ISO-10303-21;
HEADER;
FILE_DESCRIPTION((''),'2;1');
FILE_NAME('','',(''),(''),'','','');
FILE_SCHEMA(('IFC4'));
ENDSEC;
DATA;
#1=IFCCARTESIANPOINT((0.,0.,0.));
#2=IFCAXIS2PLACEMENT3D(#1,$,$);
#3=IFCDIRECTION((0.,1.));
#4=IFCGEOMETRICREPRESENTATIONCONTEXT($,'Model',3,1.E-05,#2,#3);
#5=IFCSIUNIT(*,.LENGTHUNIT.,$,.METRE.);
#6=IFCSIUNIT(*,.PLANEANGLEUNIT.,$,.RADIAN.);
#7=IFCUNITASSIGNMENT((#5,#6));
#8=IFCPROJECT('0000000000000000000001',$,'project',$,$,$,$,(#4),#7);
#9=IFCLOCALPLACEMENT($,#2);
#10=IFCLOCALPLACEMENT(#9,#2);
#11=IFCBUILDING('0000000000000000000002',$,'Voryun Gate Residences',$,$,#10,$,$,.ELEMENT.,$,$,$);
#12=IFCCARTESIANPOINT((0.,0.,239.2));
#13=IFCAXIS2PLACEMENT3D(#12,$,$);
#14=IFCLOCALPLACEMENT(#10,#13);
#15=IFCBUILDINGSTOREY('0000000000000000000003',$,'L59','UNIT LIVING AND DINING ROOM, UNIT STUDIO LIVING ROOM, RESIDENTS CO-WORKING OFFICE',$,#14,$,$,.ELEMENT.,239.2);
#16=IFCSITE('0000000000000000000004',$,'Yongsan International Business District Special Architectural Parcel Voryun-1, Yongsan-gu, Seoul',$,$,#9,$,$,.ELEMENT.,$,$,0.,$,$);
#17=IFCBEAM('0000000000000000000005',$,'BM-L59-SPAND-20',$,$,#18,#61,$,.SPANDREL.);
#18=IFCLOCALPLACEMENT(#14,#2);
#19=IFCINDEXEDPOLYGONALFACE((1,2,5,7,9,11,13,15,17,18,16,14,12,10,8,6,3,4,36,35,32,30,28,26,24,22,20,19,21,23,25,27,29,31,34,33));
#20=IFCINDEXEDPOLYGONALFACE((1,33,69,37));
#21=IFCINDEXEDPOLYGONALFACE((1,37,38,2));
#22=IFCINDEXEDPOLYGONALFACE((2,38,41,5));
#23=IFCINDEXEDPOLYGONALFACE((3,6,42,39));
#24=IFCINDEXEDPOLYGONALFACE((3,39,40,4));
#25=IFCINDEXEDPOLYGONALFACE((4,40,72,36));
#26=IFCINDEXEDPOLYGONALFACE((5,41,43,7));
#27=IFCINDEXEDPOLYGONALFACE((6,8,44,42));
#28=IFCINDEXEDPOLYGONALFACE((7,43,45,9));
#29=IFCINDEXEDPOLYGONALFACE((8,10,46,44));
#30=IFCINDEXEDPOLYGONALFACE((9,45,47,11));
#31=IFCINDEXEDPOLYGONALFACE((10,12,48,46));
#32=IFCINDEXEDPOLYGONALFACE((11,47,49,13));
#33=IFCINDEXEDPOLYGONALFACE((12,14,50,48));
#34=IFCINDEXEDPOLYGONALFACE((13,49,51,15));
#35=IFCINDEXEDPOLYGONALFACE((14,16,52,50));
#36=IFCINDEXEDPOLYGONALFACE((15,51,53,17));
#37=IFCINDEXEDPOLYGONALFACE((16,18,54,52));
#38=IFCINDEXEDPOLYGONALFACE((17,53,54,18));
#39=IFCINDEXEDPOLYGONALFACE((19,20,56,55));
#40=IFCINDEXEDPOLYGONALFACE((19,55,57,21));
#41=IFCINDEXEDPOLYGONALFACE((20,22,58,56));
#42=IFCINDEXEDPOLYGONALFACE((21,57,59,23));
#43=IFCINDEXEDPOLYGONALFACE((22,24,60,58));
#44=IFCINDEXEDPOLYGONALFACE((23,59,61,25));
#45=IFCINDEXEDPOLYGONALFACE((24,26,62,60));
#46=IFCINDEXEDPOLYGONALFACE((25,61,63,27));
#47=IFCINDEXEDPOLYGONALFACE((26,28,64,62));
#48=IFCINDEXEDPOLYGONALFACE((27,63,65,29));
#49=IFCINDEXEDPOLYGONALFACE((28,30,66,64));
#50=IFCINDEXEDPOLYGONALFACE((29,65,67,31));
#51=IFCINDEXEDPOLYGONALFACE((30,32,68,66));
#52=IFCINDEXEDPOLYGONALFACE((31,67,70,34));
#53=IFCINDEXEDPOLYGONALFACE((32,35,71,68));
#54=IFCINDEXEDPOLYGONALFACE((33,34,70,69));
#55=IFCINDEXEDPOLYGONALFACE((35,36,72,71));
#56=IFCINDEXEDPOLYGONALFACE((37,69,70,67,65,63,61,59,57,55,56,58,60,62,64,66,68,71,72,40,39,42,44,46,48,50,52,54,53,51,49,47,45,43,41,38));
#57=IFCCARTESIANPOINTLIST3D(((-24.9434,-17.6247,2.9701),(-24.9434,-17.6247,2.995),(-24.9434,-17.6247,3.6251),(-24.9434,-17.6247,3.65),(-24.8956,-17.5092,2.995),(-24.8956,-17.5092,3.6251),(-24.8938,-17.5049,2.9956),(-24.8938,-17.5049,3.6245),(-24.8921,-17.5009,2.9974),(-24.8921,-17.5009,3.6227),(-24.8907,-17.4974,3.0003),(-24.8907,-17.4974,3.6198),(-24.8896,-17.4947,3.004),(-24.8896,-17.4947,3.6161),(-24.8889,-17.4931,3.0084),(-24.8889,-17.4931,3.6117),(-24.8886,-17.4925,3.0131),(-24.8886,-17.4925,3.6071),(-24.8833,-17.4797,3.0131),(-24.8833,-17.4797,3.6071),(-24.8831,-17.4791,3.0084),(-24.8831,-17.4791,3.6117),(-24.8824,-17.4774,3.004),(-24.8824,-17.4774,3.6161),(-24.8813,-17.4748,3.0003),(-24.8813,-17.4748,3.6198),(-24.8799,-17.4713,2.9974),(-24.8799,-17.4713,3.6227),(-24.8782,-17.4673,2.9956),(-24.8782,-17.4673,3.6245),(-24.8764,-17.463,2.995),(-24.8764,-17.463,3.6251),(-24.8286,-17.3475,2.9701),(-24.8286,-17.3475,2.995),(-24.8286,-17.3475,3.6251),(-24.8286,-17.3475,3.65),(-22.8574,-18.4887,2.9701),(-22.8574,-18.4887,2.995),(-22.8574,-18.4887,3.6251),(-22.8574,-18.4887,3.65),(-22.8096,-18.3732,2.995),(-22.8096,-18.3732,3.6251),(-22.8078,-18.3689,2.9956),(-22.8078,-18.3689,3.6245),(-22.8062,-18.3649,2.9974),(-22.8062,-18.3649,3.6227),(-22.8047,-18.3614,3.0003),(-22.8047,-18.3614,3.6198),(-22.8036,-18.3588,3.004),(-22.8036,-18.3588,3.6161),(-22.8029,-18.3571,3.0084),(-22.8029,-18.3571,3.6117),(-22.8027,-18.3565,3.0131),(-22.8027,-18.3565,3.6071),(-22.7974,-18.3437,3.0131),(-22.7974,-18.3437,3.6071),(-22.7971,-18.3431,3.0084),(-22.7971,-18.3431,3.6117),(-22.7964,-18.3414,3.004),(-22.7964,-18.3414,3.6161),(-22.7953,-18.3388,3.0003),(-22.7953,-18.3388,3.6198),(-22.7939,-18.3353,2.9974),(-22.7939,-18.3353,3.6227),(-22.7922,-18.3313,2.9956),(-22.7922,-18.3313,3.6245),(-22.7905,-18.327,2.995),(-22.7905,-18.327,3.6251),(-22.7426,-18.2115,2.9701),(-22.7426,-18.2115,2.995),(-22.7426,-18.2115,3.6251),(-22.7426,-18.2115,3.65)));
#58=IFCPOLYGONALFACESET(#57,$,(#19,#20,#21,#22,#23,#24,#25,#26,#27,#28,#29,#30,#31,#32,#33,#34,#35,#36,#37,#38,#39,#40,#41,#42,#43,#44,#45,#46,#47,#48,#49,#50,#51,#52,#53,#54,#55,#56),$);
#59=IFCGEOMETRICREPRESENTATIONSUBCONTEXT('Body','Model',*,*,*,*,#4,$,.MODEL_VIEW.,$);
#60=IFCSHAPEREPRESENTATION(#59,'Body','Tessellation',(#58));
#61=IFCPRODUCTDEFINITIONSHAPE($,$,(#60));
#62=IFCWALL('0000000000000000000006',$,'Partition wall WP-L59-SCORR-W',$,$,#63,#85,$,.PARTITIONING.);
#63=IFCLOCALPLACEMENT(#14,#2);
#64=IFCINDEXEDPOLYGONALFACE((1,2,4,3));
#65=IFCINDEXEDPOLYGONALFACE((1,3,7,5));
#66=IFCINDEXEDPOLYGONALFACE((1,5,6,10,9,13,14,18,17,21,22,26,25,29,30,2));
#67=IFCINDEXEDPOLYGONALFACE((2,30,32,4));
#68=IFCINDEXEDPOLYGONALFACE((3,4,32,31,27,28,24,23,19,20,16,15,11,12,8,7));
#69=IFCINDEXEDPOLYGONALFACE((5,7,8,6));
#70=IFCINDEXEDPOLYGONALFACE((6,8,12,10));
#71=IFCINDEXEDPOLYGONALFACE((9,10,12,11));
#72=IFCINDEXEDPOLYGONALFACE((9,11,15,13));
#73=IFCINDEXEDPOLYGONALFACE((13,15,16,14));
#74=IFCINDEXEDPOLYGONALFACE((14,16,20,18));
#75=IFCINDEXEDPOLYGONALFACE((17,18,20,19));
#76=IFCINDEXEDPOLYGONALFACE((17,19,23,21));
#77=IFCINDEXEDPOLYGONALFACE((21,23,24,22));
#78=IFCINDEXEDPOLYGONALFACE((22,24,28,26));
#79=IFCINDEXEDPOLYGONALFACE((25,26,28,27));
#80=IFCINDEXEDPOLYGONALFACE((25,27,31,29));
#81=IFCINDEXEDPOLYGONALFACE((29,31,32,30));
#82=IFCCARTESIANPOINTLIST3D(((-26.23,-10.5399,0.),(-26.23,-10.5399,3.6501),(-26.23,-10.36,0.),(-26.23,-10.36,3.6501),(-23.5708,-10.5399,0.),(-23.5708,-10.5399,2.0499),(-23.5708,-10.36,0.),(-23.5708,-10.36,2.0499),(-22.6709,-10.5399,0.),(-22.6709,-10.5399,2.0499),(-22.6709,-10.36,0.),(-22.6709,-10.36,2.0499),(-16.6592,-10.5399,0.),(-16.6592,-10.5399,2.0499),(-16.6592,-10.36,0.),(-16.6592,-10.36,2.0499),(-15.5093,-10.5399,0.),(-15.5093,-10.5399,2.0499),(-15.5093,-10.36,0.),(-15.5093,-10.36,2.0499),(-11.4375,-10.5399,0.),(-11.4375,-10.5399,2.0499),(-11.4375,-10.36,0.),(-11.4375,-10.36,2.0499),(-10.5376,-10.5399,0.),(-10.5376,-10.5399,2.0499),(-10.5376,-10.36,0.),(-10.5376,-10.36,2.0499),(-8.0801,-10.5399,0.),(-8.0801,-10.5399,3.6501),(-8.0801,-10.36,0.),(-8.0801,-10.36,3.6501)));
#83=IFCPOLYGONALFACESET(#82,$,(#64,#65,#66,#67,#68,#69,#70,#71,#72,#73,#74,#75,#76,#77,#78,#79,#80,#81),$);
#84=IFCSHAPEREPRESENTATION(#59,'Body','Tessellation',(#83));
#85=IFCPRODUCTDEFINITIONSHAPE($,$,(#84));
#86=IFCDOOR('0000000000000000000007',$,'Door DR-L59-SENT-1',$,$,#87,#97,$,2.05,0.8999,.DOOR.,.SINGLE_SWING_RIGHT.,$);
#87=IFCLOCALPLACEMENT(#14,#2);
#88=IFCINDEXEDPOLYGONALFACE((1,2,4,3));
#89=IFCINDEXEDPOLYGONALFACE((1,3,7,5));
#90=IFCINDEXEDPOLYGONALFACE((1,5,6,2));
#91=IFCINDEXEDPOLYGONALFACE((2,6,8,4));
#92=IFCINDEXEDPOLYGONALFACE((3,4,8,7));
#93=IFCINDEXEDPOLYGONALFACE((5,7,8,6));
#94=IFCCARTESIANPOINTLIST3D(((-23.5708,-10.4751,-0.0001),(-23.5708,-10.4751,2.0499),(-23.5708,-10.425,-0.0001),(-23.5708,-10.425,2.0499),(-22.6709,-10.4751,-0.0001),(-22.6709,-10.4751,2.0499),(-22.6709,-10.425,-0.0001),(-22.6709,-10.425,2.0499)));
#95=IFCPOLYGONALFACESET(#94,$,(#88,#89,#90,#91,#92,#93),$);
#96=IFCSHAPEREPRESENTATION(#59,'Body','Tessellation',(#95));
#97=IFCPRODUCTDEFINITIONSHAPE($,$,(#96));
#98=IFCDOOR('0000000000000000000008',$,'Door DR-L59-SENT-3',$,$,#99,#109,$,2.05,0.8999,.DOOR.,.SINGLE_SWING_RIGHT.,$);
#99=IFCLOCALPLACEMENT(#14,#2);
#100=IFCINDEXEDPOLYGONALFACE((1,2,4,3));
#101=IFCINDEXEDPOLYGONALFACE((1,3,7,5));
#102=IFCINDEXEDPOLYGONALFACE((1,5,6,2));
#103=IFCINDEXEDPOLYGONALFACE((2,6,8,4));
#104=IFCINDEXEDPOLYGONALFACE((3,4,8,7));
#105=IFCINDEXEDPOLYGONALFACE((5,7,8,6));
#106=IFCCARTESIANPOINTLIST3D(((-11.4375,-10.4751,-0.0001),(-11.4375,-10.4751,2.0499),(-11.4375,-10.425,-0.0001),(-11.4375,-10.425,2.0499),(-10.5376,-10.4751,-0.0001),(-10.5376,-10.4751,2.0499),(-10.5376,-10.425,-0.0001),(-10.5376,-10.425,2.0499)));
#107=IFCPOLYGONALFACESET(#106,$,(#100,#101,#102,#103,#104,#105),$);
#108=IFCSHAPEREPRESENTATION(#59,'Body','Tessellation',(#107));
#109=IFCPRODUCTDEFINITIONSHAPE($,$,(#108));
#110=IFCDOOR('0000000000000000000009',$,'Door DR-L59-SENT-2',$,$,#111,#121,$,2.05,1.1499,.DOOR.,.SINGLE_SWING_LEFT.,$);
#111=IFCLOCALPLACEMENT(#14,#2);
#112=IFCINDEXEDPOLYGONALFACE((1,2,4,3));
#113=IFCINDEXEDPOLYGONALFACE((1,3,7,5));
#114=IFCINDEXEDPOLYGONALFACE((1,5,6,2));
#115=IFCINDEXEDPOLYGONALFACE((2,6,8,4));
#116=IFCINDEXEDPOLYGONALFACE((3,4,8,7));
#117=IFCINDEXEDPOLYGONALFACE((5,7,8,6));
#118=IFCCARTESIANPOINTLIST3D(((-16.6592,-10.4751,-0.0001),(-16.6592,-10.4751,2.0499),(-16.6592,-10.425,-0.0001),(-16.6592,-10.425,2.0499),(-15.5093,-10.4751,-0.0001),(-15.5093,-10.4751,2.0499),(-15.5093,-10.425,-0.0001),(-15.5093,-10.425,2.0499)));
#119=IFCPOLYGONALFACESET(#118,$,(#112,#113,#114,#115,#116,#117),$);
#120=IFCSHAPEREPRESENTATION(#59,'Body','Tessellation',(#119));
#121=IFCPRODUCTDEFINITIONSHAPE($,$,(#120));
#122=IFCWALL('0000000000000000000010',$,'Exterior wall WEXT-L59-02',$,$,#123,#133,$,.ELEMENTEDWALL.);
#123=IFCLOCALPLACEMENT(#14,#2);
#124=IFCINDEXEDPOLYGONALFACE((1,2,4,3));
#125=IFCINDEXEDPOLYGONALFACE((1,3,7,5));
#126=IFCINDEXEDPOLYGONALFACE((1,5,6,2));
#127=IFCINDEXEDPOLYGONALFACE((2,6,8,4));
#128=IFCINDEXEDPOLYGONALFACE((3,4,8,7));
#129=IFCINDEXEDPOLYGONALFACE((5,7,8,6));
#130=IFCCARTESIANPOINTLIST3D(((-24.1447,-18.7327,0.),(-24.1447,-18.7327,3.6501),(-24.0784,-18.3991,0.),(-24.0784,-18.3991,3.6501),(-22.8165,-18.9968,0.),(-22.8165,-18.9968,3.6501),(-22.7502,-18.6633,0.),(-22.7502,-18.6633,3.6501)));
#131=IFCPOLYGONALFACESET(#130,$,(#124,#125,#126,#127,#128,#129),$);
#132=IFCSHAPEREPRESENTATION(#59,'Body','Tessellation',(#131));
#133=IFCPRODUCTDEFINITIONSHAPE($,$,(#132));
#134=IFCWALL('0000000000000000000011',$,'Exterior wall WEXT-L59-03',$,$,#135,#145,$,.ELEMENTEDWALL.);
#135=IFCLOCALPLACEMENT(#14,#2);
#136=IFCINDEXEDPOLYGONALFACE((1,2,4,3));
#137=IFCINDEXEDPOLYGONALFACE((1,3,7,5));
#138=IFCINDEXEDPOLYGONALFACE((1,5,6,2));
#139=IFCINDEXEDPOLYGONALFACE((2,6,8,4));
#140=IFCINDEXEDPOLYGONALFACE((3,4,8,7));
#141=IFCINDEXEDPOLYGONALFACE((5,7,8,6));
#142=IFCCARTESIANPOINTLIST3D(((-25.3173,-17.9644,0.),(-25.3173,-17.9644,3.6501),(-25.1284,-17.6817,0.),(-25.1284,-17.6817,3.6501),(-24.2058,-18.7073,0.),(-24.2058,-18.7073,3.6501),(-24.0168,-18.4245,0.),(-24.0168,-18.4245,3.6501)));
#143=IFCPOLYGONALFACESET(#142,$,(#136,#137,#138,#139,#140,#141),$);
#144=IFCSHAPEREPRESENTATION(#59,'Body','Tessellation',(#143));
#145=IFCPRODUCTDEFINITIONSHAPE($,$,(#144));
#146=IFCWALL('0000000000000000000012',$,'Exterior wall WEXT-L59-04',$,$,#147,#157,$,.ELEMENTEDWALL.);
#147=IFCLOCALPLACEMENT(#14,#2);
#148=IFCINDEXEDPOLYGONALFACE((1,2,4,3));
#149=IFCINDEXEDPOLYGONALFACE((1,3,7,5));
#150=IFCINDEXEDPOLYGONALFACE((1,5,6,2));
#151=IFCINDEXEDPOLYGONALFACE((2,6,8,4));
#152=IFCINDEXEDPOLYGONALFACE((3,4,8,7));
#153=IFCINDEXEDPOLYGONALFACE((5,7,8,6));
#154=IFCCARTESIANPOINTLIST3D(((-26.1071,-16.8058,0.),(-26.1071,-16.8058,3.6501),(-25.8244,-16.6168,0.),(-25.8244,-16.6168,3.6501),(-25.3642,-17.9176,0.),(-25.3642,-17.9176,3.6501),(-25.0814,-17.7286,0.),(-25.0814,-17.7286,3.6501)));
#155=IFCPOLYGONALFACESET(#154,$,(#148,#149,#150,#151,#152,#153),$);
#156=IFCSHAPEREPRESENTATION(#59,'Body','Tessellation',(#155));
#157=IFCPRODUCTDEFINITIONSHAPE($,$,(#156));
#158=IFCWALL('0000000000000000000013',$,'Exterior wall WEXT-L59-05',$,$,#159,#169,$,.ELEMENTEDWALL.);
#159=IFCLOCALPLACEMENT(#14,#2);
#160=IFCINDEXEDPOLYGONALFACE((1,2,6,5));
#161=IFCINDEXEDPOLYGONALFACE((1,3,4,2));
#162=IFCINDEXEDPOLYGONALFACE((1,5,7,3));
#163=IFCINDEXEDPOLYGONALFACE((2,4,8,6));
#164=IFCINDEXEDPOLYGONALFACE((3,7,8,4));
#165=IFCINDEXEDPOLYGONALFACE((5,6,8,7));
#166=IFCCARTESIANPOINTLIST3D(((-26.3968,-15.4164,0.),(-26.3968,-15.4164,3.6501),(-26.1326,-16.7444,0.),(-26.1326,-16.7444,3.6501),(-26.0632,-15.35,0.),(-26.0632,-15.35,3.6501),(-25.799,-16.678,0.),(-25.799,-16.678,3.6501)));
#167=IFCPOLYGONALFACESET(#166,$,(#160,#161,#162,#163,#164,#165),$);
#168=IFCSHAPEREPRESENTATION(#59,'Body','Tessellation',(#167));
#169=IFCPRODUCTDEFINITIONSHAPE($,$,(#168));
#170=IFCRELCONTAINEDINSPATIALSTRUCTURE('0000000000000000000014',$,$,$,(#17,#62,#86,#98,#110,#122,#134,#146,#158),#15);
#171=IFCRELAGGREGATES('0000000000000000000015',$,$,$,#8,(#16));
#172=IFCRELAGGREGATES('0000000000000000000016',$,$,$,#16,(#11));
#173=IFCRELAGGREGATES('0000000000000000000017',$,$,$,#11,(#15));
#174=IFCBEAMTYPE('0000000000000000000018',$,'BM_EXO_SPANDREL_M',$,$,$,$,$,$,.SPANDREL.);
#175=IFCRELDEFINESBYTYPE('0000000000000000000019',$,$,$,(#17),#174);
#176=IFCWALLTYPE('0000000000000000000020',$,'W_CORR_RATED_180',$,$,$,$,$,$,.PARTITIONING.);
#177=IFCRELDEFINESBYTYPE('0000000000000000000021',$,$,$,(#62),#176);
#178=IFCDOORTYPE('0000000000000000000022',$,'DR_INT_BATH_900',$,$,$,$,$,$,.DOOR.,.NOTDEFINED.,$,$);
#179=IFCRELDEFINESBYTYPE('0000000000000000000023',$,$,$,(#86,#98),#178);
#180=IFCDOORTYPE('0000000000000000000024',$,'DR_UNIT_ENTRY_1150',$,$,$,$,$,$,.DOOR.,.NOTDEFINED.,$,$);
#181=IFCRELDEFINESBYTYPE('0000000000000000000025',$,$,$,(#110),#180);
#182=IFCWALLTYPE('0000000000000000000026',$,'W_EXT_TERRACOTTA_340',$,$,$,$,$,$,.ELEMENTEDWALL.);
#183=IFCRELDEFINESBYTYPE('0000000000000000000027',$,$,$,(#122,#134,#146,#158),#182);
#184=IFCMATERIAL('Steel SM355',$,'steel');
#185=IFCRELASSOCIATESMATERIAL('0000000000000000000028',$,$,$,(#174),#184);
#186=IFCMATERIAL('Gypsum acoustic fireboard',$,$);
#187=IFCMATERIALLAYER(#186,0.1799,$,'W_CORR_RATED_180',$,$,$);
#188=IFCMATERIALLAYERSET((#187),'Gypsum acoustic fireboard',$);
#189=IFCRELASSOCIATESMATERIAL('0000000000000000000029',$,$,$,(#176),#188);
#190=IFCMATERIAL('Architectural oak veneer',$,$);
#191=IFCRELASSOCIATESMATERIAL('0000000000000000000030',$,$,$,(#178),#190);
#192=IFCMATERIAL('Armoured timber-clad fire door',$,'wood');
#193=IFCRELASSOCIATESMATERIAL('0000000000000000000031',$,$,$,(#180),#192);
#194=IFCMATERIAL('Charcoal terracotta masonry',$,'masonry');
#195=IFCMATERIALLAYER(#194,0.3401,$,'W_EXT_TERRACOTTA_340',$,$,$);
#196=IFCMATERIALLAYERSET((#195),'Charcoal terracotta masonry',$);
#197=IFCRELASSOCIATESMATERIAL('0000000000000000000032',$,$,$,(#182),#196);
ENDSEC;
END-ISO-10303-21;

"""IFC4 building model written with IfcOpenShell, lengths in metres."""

from ifc_helpers import new_model, si_unit, direction, frame, frame_2d, origin, origin_2d, place, context, subcontext, project, spatial, rectangle, i_section, extrude, material, layer, layer_set, material_profile, profile_set, type_object, element, fill, save


model = new_model("IFC4")

# Units and contexts
model_context = context("Model", 3, precision=1e-05, world=origin(), true_north=direction((0.0, 1.0)))
body_context = subcontext(model_context, "Body", "Model", "MODEL_VIEW")
ifc_project = project(units=[si_unit("LENGTHUNIT", "METRE"), si_unit("PLANEANGLEUNIT", "RADIAN")], contexts=[model_context])

# Site, building, storey
site_placement = place(None, origin())
site = spatial("IfcSite", under=ifc_project, at=site_placement, Name="Yongsan International Business District Special Architectural Parcel Voryun-1, Yongsan-gu, Seoul", CompositionType="ELEMENT", RefElevation=0.0)
building_placement = place(site_placement, origin())
building = spatial("IfcBuilding", under=site, at=building_placement, Name="Voryun Gate Residences", CompositionType="ELEMENT")
storey_placement = place(building_placement, frame((0.0, 0.0, 239.2)))
storey = spatial("IfcBuildingStorey", under=building, at=storey_placement, Name="L59", Description="UNIT LIVING AND DINING ROOM, UNIT STUDIO LIVING ROOM, RESIDENTS CO-WORKING OFFICE", CompositionType="ELEMENT", Elevation=239.2)

# Beam
ifc_material_1 = material(Name="Steel SM355", Category="steel")
ifc_material_profile_1 = material_profile(ifc_material_1, i_section(OverallWidth=0.3, OverallDepth=0.6799, WebThickness=0.0139, FlangeThickness=0.0249, FilletRadius=0.0181, at=origin_2d()), Name="H-680x300x14x25")
ifc_profile_set_1 = profile_set([ifc_material_profile_1], Name="Steel SM355")
beam_type = type_object("IfcBeamType", Name="BM_EXO_SPANDREL_M", PredefinedType="SPANDREL", material=ifc_profile_set_1)
beam_1_placement = place(storey_placement, frame((-24.886, -17.4861, 3.3101), z_axis=(0.923881, -0.38268, 0.0), x_axis=(0.38268, 0.923881, 0.0)))
element("IfcBeam", 1, at=beam_1_placement, inside=storey, type_object=beam_type, Name="BM-L59-SPAND-20", PredefinedType="SPANDREL", context=body_context, shape_type="SweptSolid", body=[
    extrude(i_section(OverallWidth=0.3, OverallDepth=0.6799, WebThickness=0.0139, FlangeThickness=0.0249, FilletRadius=0.0181, at=origin_2d()), origin(), (0.0, 0.0, 1.0), 2.2578),
])

# Wall, openings, doors
ifc_material_2 = material(Name="Gypsum acoustic fireboard")
ifc_layer_1 = layer(ifc_material_2, 0.1799, Name="W_CORR_RATED_180")
ifc_layer_set_1 = layer_set([ifc_layer_1], Name="Gypsum acoustic fireboard")
wall_type_1 = type_object("IfcWallType", Name="W_CORR_RATED_180", PredefinedType="PARTITIONING", material=ifc_layer_set_1)
wall_1_placement = place(storey_placement, frame((-26.23, -10.45, 0.0), z_axis=(0.0, 0.0, 1.0), x_axis=(1.0, 0.0, 0.0)))
wall_1 = element("IfcWall", 2, at=wall_1_placement, inside=storey, type_object=wall_type_1, Name="Partition wall WP-L59-SCORR-W", PredefinedType="PARTITIONING", context=body_context, shape_type="SweptSolid", body=[
    extrude(rectangle(XDim=18.1499, YDim=0.1799, at=frame_2d((9.075, 0.0))), origin(), (0.0, 0.0, 1.0), 3.6501),
])
opening_1_placement = place(wall_1_placement, frame((2.6592, 0.0, 0.0)))
opening_1 = element("IfcOpeningElement", 3, at=opening_1_placement, cuts=wall_1, PredefinedType="OPENING", context=body_context, shape_type="SweptSolid", body=[
    extrude(rectangle(XDim=0.8999, YDim=2.05, at=frame_2d((0.45, 1.0249))), frame((0.0, 0.0999, 0.0), z_axis=(0.0, -1.0, 0.0), x_axis=(1.0, 0.0, 0.0)), (0.0, 0.0, 1.0), 0.2),
])
opening_2_placement = place(wall_1_placement, frame((9.5708, 0.0, 0.0)))
opening_2 = element("IfcOpeningElement", 4, at=opening_2_placement, cuts=wall_1, PredefinedType="OPENING", context=body_context, shape_type="SweptSolid", body=[
    extrude(rectangle(XDim=1.1499, YDim=2.05, at=frame_2d((0.575, 1.0249))), frame((0.0, 0.0999, 0.0), z_axis=(0.0, -1.0, 0.0), x_axis=(1.0, 0.0, 0.0)), (0.0, 0.0, 1.0), 0.2),
])
opening_3_placement = place(wall_1_placement, frame((14.7925, 0.0, 0.0)))
opening_3 = element("IfcOpeningElement", 5, at=opening_3_placement, cuts=wall_1, PredefinedType="OPENING", context=body_context, shape_type="SweptSolid", body=[
    extrude(rectangle(XDim=0.8999, YDim=2.05, at=frame_2d((0.45, 1.0249))), frame((0.0, 0.0999, 0.0), z_axis=(0.0, -1.0, 0.0), x_axis=(1.0, 0.0, 0.0)), (0.0, 0.0, 1.0), 0.2),
])
ifc_material_3 = material(Name="Architectural oak veneer")
door_type_1 = type_object("IfcDoorType", Name="DR_INT_BATH_900", OperationType="NOTDEFINED", PredefinedType="DOOR", material=ifc_material_3)
door_1_placement = place(opening_1_placement, origin())
door_1 = element("IfcDoor", 6, at=door_1_placement, inside=storey, type_object=door_type_1, Name="Door DR-L59-SENT-1", OperationType="SINGLE_SWING_RIGHT", OverallHeight=2.05, OverallWidth=0.8999, PredefinedType="DOOR", context=body_context, shape_type="SweptSolid", body=[
    extrude(rectangle(XDim=0.8999, YDim=2.05, at=frame_2d((0.45, 1.0249))), frame((0.0, 0.0249, 0.0), z_axis=(0.0, -1.0, 0.0), x_axis=(1.0, 0.0, 0.0)), (0.0, 0.0, 1.0), 0.05),
])
fill(opening_1, door_1)
door_2_placement = place(opening_3_placement, origin())
door_2 = element("IfcDoor", 7, at=door_2_placement, inside=storey, type_object=door_type_1, Name="Door DR-L59-SENT-3", OperationType="SINGLE_SWING_RIGHT", OverallHeight=2.05, OverallWidth=0.8999, PredefinedType="DOOR", context=body_context, shape_type="SweptSolid", body=[
    extrude(rectangle(XDim=0.8999, YDim=2.05, at=frame_2d((0.45, 1.0249))), frame((0.0, 0.0249, 0.0), z_axis=(0.0, -1.0, 0.0), x_axis=(1.0, 0.0, 0.0)), (0.0, 0.0, 1.0), 0.05),
])
fill(opening_3, door_2)
ifc_material_4 = material(Name="Armoured timber-clad fire door", Category="wood")
door_type_2 = type_object("IfcDoorType", Name="DR_UNIT_ENTRY_1150", OperationType="NOTDEFINED", PredefinedType="DOOR", material=ifc_material_4)
door_3_placement = place(opening_2_placement, origin())
door_3 = element("IfcDoor", 8, at=door_3_placement, inside=storey, type_object=door_type_2, Name="Door DR-L59-SENT-2", OperationType="SINGLE_SWING_LEFT", OverallHeight=2.05, OverallWidth=1.1499, PredefinedType="DOOR", context=body_context, shape_type="SweptSolid", body=[
    extrude(rectangle(XDim=1.1499, YDim=2.05, at=frame_2d((0.575, 1.0249))), frame((0.0, 0.0249, 0.0), z_axis=(0.0, -1.0, 0.0), x_axis=(1.0, 0.0, 0.0)), (0.0, 0.0, 1.0), 0.05),
])
fill(opening_2, door_3)

# Walls
ifc_material_5 = material(Name="Charcoal terracotta masonry", Category="masonry")
ifc_layer_2 = layer(ifc_material_5, 0.3401, Name="W_EXT_TERRACOTTA_340")
ifc_layer_set_2 = layer_set([ifc_layer_2], Name="Charcoal terracotta masonry")
wall_type_2 = type_object("IfcWallType", Name="W_EXT_TERRACOTTA_340", PredefinedType="ELEMENTEDWALL", material=ifc_layer_set_2)
wall_2_placement = place(storey_placement, frame((-22.7832, -18.8301, 0.0), z_axis=(0.0, 0.0, 1.0), x_axis=(-0.980788, 0.195076, 0.0)))
element("IfcWall", 9, at=wall_2_placement, inside=storey, type_object=wall_type_2, Name="Exterior wall WEXT-L59-02", PredefinedType="ELEMENTEDWALL", context=body_context, shape_type="SweptSolid", body=[
    extrude(rectangle(XDim=1.3542, YDim=0.3401, at=frame_2d((0.6772, 0.0))), origin(), (0.0, 0.0, 1.0), 3.6501),
])
wall_3_placement = place(storey_placement, frame((-24.1113, -18.5659, 0.0), z_axis=(0.0, 0.0, 1.0), x_axis=(-0.831404, 0.555669, 0.0)))
element("IfcWall", 10, at=wall_3_placement, inside=storey, type_object=wall_type_2, Name="Exterior wall WEXT-L59-03", PredefinedType="ELEMENTEDWALL", context=body_context, shape_type="SweptSolid", body=[
    extrude(rectangle(XDim=1.3369, YDim=0.3401, at=frame_2d((0.6685, 0.0))), origin(), (0.0, 0.0, 1.0), 3.6501),
])
wall_4_placement = place(storey_placement, frame((-25.2229, -17.823, 0.0), z_axis=(0.0, 0.0, 1.0), x_axis=(-0.555585, 0.83146, 0.0)))
element("IfcWall", 11, at=wall_4_placement, inside=storey, type_object=wall_type_2, Name="Exterior wall WEXT-L59-04", PredefinedType="ELEMENTEDWALL", context=body_context, shape_type="SweptSolid", body=[
    extrude(rectangle(XDim=1.3372, YDim=0.3401, at=frame_2d((0.6685, 0.0))), origin(), (0.0, 0.0, 1.0), 3.6501),
])
wall_5_placement = place(storey_placement, frame((-25.9658, -16.7112, 0.0), z_axis=(0.0, 0.0, 1.0), x_axis=(-0.19511, 0.980781, 0.0)))
element("IfcWall", 12, at=wall_5_placement, inside=storey, type_object=wall_type_2, Name="Exterior wall WEXT-L59-05", PredefinedType="ELEMENTEDWALL", context=body_context, shape_type="SweptSolid", body=[
    extrude(rectangle(XDim=1.354, YDim=0.3401, at=frame_2d((0.677, 0.0))), origin(), (0.0, 0.0, 1.0), 3.6501),
])

save(model, "model.ifc")
